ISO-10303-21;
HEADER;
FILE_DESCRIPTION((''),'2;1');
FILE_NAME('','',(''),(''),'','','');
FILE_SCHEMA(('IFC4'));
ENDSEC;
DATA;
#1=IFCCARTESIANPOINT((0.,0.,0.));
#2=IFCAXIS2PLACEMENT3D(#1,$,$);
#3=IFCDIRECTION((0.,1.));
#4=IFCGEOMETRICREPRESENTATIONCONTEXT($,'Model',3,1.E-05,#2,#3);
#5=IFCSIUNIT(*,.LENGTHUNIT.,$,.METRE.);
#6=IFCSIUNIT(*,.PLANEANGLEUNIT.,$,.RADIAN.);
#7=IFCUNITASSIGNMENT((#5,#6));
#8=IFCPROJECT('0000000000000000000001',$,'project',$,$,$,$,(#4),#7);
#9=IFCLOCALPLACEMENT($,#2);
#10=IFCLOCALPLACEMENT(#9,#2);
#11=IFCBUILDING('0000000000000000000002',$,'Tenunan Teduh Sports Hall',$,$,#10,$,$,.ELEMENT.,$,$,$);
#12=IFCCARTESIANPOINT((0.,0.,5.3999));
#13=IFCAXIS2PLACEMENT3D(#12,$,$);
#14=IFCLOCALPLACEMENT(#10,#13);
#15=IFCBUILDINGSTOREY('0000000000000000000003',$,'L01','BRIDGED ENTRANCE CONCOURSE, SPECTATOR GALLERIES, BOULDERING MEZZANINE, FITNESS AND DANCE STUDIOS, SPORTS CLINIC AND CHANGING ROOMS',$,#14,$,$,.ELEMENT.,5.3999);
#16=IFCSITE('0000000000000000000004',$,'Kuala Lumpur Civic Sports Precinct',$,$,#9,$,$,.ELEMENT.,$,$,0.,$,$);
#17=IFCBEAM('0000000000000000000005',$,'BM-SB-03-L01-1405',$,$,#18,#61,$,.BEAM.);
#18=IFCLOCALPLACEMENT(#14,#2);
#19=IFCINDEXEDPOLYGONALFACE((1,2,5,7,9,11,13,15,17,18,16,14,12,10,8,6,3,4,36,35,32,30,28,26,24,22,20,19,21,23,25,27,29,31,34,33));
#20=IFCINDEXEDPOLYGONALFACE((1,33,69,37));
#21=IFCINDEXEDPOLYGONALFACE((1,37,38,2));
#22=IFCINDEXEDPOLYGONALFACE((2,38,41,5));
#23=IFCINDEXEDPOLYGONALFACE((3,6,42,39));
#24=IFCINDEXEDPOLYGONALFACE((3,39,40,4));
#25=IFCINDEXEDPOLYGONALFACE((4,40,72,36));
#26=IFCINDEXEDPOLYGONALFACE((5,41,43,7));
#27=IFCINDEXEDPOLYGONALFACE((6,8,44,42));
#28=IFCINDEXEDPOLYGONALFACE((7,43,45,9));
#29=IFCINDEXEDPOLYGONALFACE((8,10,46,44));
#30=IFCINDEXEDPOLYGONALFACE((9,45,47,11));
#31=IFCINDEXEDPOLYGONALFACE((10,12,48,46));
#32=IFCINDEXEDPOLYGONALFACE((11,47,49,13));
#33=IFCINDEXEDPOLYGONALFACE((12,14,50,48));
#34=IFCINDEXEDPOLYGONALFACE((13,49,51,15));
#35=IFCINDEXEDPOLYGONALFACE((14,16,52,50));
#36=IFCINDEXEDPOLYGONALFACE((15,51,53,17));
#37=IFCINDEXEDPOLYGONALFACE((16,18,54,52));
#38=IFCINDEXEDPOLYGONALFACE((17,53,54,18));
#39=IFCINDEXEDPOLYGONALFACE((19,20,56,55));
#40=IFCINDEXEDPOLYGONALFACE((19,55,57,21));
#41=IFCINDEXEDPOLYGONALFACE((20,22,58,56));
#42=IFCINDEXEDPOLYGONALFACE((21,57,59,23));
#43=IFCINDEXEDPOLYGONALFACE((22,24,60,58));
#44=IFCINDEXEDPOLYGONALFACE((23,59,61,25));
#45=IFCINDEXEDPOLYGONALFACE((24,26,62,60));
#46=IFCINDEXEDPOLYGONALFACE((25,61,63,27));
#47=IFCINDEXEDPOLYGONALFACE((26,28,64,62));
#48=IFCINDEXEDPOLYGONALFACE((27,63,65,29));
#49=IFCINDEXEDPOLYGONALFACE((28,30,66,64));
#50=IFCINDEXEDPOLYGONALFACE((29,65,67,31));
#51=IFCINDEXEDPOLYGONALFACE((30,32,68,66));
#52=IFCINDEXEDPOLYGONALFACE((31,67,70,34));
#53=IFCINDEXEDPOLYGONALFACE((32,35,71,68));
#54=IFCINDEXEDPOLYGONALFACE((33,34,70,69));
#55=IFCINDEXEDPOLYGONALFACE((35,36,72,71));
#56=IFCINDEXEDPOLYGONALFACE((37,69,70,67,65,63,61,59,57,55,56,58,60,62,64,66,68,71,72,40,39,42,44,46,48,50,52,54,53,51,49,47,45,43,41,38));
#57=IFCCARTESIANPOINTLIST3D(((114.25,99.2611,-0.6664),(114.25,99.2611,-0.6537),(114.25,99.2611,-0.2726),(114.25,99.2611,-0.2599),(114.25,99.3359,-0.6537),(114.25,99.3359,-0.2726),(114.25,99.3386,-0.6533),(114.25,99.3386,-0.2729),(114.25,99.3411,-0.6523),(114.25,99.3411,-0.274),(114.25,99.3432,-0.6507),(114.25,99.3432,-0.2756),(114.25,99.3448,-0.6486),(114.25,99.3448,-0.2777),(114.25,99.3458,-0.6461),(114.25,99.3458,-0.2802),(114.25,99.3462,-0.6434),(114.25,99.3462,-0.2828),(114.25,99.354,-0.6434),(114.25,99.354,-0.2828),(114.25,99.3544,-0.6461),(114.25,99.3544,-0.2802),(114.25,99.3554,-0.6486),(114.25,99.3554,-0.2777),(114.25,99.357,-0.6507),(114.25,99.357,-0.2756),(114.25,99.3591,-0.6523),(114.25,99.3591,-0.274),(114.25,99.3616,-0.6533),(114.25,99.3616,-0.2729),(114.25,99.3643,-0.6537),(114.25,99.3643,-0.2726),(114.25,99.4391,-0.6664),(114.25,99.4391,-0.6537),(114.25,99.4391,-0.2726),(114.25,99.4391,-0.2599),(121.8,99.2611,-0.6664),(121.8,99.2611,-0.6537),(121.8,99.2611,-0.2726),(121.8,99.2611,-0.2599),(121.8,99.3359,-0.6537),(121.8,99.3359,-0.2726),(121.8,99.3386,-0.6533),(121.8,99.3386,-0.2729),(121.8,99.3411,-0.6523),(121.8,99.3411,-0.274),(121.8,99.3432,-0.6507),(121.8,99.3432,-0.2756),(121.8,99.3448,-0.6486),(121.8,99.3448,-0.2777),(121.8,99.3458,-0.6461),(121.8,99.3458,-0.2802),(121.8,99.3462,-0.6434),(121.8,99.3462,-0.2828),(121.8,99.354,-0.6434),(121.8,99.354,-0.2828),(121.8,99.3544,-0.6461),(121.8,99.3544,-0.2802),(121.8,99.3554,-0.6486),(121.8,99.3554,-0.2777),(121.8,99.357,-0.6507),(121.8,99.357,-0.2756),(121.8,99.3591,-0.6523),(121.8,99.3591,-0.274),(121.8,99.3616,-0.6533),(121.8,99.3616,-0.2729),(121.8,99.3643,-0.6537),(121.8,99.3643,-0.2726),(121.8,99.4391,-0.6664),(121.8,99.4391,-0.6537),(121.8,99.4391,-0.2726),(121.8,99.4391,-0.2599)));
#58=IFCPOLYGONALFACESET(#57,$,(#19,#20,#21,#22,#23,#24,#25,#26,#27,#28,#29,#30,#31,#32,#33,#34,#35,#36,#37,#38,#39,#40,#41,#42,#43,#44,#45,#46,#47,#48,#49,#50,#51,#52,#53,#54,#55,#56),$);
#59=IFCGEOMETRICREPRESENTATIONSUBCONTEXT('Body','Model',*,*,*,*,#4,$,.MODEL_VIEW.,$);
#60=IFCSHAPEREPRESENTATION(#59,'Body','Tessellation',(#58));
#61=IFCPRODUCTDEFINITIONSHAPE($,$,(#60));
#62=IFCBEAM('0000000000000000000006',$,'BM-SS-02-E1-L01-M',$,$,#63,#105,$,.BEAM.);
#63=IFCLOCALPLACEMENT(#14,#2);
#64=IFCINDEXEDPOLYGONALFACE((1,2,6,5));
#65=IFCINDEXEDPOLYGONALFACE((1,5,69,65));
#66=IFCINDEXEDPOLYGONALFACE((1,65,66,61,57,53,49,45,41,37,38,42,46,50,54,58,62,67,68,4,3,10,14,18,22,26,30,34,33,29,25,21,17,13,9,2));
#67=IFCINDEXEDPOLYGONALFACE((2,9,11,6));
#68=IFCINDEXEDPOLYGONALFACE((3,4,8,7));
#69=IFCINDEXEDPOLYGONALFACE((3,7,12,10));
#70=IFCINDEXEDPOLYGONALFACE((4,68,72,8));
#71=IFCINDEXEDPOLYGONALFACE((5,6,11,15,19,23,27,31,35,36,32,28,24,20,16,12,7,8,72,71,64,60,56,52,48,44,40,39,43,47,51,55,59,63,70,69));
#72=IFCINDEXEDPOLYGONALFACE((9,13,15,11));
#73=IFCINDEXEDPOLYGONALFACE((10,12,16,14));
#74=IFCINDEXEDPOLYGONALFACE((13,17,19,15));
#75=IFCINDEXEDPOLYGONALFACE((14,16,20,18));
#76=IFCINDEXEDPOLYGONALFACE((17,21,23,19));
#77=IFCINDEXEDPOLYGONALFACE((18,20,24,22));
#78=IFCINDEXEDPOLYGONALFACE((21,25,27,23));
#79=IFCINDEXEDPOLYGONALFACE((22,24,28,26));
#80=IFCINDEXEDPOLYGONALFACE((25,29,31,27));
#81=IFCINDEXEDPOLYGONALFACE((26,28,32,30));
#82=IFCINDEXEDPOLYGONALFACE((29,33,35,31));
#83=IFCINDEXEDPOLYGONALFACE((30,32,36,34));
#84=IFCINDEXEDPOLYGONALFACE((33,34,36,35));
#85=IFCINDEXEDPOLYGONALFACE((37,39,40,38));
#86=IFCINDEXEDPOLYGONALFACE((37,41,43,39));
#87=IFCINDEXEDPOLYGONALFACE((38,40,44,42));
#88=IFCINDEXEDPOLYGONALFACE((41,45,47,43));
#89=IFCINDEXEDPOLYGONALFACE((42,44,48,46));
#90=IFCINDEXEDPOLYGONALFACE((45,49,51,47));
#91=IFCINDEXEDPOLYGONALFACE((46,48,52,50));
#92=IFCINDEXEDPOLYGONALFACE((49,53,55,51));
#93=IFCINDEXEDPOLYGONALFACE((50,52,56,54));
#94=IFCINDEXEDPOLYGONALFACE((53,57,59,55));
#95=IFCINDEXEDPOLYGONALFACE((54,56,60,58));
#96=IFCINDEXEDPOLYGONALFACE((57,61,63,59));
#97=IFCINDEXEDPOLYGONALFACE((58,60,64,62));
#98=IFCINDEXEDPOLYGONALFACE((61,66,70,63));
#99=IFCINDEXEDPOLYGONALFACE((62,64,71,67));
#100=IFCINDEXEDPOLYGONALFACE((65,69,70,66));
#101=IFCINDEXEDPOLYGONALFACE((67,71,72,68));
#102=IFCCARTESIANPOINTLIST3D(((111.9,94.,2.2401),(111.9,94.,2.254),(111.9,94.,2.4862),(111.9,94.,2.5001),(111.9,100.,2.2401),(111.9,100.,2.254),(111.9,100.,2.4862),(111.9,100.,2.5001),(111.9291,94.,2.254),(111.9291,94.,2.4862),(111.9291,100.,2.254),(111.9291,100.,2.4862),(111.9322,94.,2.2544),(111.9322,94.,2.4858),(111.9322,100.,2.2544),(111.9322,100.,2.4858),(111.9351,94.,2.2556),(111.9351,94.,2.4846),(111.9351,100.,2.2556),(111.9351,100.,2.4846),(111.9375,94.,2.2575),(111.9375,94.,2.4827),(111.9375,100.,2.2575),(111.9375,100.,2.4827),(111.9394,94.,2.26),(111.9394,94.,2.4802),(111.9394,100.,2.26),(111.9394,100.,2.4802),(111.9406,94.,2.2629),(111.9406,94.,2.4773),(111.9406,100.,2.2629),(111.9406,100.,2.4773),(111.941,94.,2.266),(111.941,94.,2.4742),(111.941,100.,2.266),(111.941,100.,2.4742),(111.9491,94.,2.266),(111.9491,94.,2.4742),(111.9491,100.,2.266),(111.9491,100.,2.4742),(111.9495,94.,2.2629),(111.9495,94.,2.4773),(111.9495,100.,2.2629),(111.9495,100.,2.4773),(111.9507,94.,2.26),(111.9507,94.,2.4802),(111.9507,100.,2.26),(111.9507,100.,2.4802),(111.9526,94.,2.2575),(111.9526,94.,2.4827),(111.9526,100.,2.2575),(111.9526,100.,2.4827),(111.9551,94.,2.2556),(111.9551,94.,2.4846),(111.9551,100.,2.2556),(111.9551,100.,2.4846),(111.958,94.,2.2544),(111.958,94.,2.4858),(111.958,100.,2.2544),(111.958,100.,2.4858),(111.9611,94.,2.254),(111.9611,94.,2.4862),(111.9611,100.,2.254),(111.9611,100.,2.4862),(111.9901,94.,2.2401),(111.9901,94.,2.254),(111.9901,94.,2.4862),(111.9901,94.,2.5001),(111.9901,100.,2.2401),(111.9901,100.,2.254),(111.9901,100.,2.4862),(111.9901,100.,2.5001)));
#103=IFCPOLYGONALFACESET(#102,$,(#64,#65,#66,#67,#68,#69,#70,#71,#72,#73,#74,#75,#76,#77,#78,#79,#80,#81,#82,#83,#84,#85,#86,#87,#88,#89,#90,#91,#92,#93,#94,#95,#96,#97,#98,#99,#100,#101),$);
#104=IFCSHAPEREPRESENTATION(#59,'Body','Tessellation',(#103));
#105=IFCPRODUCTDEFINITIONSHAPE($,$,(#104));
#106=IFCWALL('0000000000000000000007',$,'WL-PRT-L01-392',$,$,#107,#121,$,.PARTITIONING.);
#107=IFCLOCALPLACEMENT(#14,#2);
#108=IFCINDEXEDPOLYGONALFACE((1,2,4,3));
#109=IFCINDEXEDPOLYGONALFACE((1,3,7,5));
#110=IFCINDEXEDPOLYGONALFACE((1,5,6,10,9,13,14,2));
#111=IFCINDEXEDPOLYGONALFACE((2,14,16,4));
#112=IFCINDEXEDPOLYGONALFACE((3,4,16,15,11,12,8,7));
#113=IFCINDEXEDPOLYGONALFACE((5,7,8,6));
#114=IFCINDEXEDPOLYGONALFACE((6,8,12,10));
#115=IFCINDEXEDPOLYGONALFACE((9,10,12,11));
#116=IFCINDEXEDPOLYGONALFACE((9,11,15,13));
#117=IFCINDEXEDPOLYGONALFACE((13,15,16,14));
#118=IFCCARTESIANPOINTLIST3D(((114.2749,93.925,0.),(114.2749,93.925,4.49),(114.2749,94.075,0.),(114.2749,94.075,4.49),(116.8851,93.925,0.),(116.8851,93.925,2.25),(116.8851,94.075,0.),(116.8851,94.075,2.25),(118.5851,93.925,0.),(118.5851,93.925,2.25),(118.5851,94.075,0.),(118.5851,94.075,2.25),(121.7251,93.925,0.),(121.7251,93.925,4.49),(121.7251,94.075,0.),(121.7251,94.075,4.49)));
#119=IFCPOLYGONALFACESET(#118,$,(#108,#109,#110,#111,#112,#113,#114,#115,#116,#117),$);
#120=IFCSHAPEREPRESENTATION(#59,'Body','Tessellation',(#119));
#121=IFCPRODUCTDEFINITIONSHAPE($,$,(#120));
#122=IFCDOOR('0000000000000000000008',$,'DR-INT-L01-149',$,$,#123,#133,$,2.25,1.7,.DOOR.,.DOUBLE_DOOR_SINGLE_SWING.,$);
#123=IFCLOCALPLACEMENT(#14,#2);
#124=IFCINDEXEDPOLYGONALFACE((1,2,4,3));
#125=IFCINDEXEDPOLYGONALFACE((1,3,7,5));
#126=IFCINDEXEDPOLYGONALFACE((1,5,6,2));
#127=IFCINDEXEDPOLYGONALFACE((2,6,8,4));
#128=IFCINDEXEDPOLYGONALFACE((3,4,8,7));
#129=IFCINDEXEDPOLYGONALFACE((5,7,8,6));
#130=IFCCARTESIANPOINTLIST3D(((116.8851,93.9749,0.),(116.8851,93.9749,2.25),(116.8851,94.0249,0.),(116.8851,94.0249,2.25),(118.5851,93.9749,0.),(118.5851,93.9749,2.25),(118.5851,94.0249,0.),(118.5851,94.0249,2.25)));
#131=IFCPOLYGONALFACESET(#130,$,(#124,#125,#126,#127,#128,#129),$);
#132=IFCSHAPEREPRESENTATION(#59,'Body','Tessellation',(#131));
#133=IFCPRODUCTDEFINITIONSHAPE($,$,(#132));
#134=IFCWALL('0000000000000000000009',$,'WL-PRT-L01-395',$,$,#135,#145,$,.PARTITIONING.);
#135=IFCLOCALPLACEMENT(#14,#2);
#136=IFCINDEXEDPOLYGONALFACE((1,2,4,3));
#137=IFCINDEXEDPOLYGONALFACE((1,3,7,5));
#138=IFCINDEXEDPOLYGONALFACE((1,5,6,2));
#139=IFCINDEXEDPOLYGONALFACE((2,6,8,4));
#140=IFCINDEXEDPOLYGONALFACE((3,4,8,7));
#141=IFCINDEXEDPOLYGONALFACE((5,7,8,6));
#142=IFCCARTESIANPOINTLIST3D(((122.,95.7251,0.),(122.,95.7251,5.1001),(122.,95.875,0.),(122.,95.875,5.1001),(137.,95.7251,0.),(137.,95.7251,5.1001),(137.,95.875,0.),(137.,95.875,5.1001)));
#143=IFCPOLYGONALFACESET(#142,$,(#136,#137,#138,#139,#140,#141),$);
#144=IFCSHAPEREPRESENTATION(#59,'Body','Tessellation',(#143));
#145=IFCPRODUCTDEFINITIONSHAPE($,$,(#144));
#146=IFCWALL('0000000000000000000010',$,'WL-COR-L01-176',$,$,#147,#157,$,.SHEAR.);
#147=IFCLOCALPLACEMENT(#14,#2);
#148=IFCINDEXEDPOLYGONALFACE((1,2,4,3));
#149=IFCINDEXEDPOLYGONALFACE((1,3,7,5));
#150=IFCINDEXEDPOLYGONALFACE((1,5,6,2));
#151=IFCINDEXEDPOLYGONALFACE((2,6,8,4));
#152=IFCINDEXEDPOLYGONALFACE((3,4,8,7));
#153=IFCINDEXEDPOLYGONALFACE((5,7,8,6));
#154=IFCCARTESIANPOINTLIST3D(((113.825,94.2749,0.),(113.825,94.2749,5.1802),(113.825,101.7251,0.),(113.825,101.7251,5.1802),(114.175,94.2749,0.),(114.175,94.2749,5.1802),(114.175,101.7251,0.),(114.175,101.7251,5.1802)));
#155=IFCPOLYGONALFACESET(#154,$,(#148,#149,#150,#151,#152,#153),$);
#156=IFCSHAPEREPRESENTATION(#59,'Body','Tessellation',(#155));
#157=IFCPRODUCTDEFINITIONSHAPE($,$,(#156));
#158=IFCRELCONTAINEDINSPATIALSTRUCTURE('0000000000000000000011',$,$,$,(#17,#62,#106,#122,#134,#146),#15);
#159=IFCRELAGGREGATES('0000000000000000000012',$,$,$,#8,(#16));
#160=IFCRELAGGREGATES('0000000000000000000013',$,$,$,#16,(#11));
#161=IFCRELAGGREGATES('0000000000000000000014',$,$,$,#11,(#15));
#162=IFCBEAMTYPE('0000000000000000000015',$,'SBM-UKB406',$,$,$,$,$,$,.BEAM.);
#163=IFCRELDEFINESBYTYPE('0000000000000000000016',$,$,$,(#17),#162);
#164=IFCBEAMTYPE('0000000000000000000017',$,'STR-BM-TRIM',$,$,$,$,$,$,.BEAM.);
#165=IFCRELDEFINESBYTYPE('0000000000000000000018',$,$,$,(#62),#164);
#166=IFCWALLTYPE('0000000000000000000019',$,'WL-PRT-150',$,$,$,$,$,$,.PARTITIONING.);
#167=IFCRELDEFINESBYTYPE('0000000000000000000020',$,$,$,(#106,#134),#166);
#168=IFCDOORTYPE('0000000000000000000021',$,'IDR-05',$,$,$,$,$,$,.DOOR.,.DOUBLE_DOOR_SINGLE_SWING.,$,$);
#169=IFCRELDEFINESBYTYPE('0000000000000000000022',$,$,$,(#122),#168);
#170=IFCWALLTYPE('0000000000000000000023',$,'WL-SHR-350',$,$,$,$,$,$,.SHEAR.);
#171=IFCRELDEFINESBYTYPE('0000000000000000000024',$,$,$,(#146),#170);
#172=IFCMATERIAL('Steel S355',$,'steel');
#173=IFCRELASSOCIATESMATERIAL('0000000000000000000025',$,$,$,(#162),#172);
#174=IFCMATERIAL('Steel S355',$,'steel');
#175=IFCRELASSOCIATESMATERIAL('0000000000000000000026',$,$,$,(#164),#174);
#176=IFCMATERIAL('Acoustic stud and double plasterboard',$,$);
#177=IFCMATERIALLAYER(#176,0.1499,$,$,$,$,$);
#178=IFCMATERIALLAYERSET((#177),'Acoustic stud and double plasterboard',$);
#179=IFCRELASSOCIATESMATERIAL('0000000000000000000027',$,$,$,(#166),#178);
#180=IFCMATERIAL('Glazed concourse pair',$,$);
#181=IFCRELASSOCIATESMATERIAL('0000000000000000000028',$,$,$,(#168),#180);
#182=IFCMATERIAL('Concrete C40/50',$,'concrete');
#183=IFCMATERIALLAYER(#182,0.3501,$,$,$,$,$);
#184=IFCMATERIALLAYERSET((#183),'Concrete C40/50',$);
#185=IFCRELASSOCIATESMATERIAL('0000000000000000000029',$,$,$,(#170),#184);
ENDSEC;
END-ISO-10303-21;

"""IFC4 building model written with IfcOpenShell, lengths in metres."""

from ifc_helpers import new_model, si_unit, direction, frame, frame_2d, origin, origin_2d, place, context, subcontext, project, spatial, rectangle, i_section, extrude, material, layer, layer_set, material_profile, profile_set, type_object, element, fill, save


model = new_model("IFC4")

# Units and contexts
model_context = context("Model", 3, precision=1e-05, world=origin(), true_north=direction((0.0, 1.0)))
body_context = subcontext(model_context, "Body", "Model", "MODEL_VIEW")
ifc_project = project(units=[si_unit("LENGTHUNIT", "METRE"), si_unit("PLANEANGLEUNIT", "RADIAN")], contexts=[model_context])

# Site, building, storey
site_placement = place(None, origin())
site = spatial("IfcSite", under=ifc_project, at=site_placement, Name="Kuala Lumpur Civic Sports Precinct", CompositionType="ELEMENT", RefElevation=0.0)
building_placement = place(site_placement, origin())
building = spatial("IfcBuilding", under=site, at=building_placement, Name="Tenunan Teduh Sports Hall", CompositionType="ELEMENT")
storey_placement = place(building_placement, frame((0.0, 0.0, 5.3999)))
storey = spatial("IfcBuildingStorey", under=building, at=storey_placement, Name="L01", Description="BRIDGED ENTRANCE CONCOURSE, SPECTATOR GALLERIES, BOULDERING MEZZANINE, FITNESS AND DANCE STUDIOS, SPORTS CLINIC AND CHANGING ROOMS", CompositionType="ELEMENT", Elevation=5.3999)

# Beams
ifc_material_1 = material(Name="Steel S355", Category="steel")
ifc_material_profile_1 = material_profile(ifc_material_1, i_section(OverallWidth=0.178, OverallDepth=0.4065, WebThickness=0.0078, FlangeThickness=0.0127, FilletRadius=0.0103, at=origin_2d()), Name="UKB 406x178x60")
ifc_profile_set_1 = profile_set([ifc_material_profile_1], Name="Steel S355")
beam_type_1 = type_object("IfcBeamType", Name="SBM-UKB406", PredefinedType="BEAM", material=ifc_profile_set_1)
beam_1_placement = place(storey_placement, frame((114.25, 99.3501, -0.4631), z_axis=(1.0, 0.0, 0.0), x_axis=(0.0, 1.0, 0.0)))
element("IfcBeam", 1, at=beam_1_placement, inside=storey, type_object=beam_type_1, Name="BM-SB-03-L01-1405", PredefinedType="BEAM", context=body_context, shape_type="SweptSolid", body=[
    extrude(i_section(OverallWidth=0.178, OverallDepth=0.4065, WebThickness=0.0078, FlangeThickness=0.0127, FilletRadius=0.0103, at=origin_2d()), origin(), (0.0, 0.0, 1.0), 7.55),
])
ifc_material_2 = material(Name="Steel S355", Category="steel")
ifc_material_profile_2 = material_profile(ifc_material_2, i_section(OverallWidth=0.0901, OverallDepth=0.26, WebThickness=0.0081, FlangeThickness=0.0139, FilletRadius=0.012, at=origin_2d()), Name="PFC 260x90")
ifc_profile_set_2 = profile_set([ifc_material_profile_2], Name="Steel S355")
beam_type_2 = type_object("IfcBeamType", Name="STR-BM-TRIM", PredefinedType="BEAM", material=ifc_profile_set_2)
beam_2_placement = place(storey_placement, frame((111.9451, 94.0, 2.3701), z_axis=(0.0, 1.0, 0.0), x_axis=(-1.0, 0.0, 0.0)))
element("IfcBeam", 2, at=beam_2_placement, inside=storey, type_object=beam_type_2, Name="BM-SS-02-E1-L01-M", PredefinedType="BEAM", context=body_context, shape_type="SweptSolid", body=[
    extrude(i_section(OverallWidth=0.0901, OverallDepth=0.26, WebThickness=0.0081, FlangeThickness=0.0139, FilletRadius=0.012, at=origin_2d()), origin(), (0.0, 0.0, 1.0), 6.0),
])

# Wall, opening, door
ifc_material_3 = material(Name="Acoustic stud and double plasterboard")
ifc_layer_1 = layer(ifc_material_3, 0.1499)
ifc_layer_set_1 = layer_set([ifc_layer_1], Name="Acoustic stud and double plasterboard")
wall_type_1 = type_object("IfcWallType", Name="WL-PRT-150", PredefinedType="PARTITIONING", material=ifc_layer_set_1)
wall_1_placement = place(storey_placement, frame((114.2749, 94.0, 0.0), z_axis=(0.0, 0.0, 1.0), x_axis=(1.0, 0.0, 0.0)))
wall_1 = element("IfcWall", 3, at=wall_1_placement, inside=storey, type_object=wall_type_1, Name="WL-PRT-L01-392", PredefinedType="PARTITIONING", context=body_context, shape_type="SweptSolid", body=[
    extrude(rectangle(XDim=7.4502, YDim=0.1499, at=frame_2d((3.7251, 0.0))), origin(), (0.0, 0.0, 1.0), 4.49),
])
opening_1_placement = place(wall_1_placement, frame((2.6101, 0.0, 0.0)))
opening_1 = element("IfcOpeningElement", 4, at=opening_1_placement, cuts=wall_1, PredefinedType="OPENING", context=body_context, shape_type="SweptSolid", body=[
    extrude(rectangle(XDim=1.7, YDim=2.25, at=frame_2d((0.8501, 1.125))), frame((0.0, 0.085, 0.0), z_axis=(0.0, -1.0, 0.0), x_axis=(1.0, 0.0, 0.0)), (0.0, 0.0, 1.0), 0.1699),
])
ifc_material_4 = material(Name="Glazed concourse pair")
door_type_1 = type_object("IfcDoorType", Name="IDR-05", OperationType="DOUBLE_DOOR_SINGLE_SWING", PredefinedType="DOOR", material=ifc_material_4)
door_1_placement = place(opening_1_placement, origin())
door_1 = element("IfcDoor", 5, at=door_1_placement, inside=storey, type_object=door_type_1, Name="DR-INT-L01-149", OperationType="DOUBLE_DOOR_SINGLE_SWING", OverallHeight=2.25, OverallWidth=1.7, PredefinedType="DOOR", context=body_context, shape_type="SweptSolid", body=[
    extrude(rectangle(XDim=1.7, YDim=2.25, at=frame_2d((0.8501, 1.125))), frame((0.0, 0.0249, 0.0), z_axis=(0.0, -1.0, 0.0), x_axis=(1.0, 0.0, 0.0)), (0.0, 0.0, 1.0), 0.05),
])
fill(opening_1, door_1)

# Walls
wall_2_placement = place(storey_placement, frame((122.0, 95.8, 0.0), z_axis=(0.0, 0.0, 1.0), x_axis=(1.0, 0.0, 0.0)))
element("IfcWall", 6, at=wall_2_placement, inside=storey, type_object=wall_type_1, Name="WL-PRT-L01-395", PredefinedType="PARTITIONING", context=body_context, shape_type="SweptSolid", body=[
    extrude(rectangle(XDim=15.0, YDim=0.1499, at=frame_2d((7.5, 0.0))), origin(), (0.0, 0.0, 1.0), 5.1001),
])
ifc_material_5 = material(Name="Concrete C40/50", Category="concrete")
ifc_layer_2 = layer(ifc_material_5, 0.3501)
ifc_layer_set_2 = layer_set([ifc_layer_2], Name="Concrete C40/50")
wall_type_2 = type_object("IfcWallType", Name="WL-SHR-350", PredefinedType="SHEAR", material=ifc_layer_set_2)
wall_3_placement = place(storey_placement, frame((114.0, 94.2749, 0.0), z_axis=(0.0, 0.0, 1.0), x_axis=(0.0, 1.0, 0.0)))
element("IfcWall", 7, at=wall_3_placement, inside=storey, type_object=wall_type_2, Name="WL-COR-L01-176", PredefinedType="SHEAR", context=body_context, shape_type="SweptSolid", body=[
    extrude(rectangle(XDim=7.4502, YDim=0.3501, at=frame_2d((3.7251, 0.0))), origin(), (0.0, 0.0, 1.0), 5.1802),
])

save(model, "model.ifc")
